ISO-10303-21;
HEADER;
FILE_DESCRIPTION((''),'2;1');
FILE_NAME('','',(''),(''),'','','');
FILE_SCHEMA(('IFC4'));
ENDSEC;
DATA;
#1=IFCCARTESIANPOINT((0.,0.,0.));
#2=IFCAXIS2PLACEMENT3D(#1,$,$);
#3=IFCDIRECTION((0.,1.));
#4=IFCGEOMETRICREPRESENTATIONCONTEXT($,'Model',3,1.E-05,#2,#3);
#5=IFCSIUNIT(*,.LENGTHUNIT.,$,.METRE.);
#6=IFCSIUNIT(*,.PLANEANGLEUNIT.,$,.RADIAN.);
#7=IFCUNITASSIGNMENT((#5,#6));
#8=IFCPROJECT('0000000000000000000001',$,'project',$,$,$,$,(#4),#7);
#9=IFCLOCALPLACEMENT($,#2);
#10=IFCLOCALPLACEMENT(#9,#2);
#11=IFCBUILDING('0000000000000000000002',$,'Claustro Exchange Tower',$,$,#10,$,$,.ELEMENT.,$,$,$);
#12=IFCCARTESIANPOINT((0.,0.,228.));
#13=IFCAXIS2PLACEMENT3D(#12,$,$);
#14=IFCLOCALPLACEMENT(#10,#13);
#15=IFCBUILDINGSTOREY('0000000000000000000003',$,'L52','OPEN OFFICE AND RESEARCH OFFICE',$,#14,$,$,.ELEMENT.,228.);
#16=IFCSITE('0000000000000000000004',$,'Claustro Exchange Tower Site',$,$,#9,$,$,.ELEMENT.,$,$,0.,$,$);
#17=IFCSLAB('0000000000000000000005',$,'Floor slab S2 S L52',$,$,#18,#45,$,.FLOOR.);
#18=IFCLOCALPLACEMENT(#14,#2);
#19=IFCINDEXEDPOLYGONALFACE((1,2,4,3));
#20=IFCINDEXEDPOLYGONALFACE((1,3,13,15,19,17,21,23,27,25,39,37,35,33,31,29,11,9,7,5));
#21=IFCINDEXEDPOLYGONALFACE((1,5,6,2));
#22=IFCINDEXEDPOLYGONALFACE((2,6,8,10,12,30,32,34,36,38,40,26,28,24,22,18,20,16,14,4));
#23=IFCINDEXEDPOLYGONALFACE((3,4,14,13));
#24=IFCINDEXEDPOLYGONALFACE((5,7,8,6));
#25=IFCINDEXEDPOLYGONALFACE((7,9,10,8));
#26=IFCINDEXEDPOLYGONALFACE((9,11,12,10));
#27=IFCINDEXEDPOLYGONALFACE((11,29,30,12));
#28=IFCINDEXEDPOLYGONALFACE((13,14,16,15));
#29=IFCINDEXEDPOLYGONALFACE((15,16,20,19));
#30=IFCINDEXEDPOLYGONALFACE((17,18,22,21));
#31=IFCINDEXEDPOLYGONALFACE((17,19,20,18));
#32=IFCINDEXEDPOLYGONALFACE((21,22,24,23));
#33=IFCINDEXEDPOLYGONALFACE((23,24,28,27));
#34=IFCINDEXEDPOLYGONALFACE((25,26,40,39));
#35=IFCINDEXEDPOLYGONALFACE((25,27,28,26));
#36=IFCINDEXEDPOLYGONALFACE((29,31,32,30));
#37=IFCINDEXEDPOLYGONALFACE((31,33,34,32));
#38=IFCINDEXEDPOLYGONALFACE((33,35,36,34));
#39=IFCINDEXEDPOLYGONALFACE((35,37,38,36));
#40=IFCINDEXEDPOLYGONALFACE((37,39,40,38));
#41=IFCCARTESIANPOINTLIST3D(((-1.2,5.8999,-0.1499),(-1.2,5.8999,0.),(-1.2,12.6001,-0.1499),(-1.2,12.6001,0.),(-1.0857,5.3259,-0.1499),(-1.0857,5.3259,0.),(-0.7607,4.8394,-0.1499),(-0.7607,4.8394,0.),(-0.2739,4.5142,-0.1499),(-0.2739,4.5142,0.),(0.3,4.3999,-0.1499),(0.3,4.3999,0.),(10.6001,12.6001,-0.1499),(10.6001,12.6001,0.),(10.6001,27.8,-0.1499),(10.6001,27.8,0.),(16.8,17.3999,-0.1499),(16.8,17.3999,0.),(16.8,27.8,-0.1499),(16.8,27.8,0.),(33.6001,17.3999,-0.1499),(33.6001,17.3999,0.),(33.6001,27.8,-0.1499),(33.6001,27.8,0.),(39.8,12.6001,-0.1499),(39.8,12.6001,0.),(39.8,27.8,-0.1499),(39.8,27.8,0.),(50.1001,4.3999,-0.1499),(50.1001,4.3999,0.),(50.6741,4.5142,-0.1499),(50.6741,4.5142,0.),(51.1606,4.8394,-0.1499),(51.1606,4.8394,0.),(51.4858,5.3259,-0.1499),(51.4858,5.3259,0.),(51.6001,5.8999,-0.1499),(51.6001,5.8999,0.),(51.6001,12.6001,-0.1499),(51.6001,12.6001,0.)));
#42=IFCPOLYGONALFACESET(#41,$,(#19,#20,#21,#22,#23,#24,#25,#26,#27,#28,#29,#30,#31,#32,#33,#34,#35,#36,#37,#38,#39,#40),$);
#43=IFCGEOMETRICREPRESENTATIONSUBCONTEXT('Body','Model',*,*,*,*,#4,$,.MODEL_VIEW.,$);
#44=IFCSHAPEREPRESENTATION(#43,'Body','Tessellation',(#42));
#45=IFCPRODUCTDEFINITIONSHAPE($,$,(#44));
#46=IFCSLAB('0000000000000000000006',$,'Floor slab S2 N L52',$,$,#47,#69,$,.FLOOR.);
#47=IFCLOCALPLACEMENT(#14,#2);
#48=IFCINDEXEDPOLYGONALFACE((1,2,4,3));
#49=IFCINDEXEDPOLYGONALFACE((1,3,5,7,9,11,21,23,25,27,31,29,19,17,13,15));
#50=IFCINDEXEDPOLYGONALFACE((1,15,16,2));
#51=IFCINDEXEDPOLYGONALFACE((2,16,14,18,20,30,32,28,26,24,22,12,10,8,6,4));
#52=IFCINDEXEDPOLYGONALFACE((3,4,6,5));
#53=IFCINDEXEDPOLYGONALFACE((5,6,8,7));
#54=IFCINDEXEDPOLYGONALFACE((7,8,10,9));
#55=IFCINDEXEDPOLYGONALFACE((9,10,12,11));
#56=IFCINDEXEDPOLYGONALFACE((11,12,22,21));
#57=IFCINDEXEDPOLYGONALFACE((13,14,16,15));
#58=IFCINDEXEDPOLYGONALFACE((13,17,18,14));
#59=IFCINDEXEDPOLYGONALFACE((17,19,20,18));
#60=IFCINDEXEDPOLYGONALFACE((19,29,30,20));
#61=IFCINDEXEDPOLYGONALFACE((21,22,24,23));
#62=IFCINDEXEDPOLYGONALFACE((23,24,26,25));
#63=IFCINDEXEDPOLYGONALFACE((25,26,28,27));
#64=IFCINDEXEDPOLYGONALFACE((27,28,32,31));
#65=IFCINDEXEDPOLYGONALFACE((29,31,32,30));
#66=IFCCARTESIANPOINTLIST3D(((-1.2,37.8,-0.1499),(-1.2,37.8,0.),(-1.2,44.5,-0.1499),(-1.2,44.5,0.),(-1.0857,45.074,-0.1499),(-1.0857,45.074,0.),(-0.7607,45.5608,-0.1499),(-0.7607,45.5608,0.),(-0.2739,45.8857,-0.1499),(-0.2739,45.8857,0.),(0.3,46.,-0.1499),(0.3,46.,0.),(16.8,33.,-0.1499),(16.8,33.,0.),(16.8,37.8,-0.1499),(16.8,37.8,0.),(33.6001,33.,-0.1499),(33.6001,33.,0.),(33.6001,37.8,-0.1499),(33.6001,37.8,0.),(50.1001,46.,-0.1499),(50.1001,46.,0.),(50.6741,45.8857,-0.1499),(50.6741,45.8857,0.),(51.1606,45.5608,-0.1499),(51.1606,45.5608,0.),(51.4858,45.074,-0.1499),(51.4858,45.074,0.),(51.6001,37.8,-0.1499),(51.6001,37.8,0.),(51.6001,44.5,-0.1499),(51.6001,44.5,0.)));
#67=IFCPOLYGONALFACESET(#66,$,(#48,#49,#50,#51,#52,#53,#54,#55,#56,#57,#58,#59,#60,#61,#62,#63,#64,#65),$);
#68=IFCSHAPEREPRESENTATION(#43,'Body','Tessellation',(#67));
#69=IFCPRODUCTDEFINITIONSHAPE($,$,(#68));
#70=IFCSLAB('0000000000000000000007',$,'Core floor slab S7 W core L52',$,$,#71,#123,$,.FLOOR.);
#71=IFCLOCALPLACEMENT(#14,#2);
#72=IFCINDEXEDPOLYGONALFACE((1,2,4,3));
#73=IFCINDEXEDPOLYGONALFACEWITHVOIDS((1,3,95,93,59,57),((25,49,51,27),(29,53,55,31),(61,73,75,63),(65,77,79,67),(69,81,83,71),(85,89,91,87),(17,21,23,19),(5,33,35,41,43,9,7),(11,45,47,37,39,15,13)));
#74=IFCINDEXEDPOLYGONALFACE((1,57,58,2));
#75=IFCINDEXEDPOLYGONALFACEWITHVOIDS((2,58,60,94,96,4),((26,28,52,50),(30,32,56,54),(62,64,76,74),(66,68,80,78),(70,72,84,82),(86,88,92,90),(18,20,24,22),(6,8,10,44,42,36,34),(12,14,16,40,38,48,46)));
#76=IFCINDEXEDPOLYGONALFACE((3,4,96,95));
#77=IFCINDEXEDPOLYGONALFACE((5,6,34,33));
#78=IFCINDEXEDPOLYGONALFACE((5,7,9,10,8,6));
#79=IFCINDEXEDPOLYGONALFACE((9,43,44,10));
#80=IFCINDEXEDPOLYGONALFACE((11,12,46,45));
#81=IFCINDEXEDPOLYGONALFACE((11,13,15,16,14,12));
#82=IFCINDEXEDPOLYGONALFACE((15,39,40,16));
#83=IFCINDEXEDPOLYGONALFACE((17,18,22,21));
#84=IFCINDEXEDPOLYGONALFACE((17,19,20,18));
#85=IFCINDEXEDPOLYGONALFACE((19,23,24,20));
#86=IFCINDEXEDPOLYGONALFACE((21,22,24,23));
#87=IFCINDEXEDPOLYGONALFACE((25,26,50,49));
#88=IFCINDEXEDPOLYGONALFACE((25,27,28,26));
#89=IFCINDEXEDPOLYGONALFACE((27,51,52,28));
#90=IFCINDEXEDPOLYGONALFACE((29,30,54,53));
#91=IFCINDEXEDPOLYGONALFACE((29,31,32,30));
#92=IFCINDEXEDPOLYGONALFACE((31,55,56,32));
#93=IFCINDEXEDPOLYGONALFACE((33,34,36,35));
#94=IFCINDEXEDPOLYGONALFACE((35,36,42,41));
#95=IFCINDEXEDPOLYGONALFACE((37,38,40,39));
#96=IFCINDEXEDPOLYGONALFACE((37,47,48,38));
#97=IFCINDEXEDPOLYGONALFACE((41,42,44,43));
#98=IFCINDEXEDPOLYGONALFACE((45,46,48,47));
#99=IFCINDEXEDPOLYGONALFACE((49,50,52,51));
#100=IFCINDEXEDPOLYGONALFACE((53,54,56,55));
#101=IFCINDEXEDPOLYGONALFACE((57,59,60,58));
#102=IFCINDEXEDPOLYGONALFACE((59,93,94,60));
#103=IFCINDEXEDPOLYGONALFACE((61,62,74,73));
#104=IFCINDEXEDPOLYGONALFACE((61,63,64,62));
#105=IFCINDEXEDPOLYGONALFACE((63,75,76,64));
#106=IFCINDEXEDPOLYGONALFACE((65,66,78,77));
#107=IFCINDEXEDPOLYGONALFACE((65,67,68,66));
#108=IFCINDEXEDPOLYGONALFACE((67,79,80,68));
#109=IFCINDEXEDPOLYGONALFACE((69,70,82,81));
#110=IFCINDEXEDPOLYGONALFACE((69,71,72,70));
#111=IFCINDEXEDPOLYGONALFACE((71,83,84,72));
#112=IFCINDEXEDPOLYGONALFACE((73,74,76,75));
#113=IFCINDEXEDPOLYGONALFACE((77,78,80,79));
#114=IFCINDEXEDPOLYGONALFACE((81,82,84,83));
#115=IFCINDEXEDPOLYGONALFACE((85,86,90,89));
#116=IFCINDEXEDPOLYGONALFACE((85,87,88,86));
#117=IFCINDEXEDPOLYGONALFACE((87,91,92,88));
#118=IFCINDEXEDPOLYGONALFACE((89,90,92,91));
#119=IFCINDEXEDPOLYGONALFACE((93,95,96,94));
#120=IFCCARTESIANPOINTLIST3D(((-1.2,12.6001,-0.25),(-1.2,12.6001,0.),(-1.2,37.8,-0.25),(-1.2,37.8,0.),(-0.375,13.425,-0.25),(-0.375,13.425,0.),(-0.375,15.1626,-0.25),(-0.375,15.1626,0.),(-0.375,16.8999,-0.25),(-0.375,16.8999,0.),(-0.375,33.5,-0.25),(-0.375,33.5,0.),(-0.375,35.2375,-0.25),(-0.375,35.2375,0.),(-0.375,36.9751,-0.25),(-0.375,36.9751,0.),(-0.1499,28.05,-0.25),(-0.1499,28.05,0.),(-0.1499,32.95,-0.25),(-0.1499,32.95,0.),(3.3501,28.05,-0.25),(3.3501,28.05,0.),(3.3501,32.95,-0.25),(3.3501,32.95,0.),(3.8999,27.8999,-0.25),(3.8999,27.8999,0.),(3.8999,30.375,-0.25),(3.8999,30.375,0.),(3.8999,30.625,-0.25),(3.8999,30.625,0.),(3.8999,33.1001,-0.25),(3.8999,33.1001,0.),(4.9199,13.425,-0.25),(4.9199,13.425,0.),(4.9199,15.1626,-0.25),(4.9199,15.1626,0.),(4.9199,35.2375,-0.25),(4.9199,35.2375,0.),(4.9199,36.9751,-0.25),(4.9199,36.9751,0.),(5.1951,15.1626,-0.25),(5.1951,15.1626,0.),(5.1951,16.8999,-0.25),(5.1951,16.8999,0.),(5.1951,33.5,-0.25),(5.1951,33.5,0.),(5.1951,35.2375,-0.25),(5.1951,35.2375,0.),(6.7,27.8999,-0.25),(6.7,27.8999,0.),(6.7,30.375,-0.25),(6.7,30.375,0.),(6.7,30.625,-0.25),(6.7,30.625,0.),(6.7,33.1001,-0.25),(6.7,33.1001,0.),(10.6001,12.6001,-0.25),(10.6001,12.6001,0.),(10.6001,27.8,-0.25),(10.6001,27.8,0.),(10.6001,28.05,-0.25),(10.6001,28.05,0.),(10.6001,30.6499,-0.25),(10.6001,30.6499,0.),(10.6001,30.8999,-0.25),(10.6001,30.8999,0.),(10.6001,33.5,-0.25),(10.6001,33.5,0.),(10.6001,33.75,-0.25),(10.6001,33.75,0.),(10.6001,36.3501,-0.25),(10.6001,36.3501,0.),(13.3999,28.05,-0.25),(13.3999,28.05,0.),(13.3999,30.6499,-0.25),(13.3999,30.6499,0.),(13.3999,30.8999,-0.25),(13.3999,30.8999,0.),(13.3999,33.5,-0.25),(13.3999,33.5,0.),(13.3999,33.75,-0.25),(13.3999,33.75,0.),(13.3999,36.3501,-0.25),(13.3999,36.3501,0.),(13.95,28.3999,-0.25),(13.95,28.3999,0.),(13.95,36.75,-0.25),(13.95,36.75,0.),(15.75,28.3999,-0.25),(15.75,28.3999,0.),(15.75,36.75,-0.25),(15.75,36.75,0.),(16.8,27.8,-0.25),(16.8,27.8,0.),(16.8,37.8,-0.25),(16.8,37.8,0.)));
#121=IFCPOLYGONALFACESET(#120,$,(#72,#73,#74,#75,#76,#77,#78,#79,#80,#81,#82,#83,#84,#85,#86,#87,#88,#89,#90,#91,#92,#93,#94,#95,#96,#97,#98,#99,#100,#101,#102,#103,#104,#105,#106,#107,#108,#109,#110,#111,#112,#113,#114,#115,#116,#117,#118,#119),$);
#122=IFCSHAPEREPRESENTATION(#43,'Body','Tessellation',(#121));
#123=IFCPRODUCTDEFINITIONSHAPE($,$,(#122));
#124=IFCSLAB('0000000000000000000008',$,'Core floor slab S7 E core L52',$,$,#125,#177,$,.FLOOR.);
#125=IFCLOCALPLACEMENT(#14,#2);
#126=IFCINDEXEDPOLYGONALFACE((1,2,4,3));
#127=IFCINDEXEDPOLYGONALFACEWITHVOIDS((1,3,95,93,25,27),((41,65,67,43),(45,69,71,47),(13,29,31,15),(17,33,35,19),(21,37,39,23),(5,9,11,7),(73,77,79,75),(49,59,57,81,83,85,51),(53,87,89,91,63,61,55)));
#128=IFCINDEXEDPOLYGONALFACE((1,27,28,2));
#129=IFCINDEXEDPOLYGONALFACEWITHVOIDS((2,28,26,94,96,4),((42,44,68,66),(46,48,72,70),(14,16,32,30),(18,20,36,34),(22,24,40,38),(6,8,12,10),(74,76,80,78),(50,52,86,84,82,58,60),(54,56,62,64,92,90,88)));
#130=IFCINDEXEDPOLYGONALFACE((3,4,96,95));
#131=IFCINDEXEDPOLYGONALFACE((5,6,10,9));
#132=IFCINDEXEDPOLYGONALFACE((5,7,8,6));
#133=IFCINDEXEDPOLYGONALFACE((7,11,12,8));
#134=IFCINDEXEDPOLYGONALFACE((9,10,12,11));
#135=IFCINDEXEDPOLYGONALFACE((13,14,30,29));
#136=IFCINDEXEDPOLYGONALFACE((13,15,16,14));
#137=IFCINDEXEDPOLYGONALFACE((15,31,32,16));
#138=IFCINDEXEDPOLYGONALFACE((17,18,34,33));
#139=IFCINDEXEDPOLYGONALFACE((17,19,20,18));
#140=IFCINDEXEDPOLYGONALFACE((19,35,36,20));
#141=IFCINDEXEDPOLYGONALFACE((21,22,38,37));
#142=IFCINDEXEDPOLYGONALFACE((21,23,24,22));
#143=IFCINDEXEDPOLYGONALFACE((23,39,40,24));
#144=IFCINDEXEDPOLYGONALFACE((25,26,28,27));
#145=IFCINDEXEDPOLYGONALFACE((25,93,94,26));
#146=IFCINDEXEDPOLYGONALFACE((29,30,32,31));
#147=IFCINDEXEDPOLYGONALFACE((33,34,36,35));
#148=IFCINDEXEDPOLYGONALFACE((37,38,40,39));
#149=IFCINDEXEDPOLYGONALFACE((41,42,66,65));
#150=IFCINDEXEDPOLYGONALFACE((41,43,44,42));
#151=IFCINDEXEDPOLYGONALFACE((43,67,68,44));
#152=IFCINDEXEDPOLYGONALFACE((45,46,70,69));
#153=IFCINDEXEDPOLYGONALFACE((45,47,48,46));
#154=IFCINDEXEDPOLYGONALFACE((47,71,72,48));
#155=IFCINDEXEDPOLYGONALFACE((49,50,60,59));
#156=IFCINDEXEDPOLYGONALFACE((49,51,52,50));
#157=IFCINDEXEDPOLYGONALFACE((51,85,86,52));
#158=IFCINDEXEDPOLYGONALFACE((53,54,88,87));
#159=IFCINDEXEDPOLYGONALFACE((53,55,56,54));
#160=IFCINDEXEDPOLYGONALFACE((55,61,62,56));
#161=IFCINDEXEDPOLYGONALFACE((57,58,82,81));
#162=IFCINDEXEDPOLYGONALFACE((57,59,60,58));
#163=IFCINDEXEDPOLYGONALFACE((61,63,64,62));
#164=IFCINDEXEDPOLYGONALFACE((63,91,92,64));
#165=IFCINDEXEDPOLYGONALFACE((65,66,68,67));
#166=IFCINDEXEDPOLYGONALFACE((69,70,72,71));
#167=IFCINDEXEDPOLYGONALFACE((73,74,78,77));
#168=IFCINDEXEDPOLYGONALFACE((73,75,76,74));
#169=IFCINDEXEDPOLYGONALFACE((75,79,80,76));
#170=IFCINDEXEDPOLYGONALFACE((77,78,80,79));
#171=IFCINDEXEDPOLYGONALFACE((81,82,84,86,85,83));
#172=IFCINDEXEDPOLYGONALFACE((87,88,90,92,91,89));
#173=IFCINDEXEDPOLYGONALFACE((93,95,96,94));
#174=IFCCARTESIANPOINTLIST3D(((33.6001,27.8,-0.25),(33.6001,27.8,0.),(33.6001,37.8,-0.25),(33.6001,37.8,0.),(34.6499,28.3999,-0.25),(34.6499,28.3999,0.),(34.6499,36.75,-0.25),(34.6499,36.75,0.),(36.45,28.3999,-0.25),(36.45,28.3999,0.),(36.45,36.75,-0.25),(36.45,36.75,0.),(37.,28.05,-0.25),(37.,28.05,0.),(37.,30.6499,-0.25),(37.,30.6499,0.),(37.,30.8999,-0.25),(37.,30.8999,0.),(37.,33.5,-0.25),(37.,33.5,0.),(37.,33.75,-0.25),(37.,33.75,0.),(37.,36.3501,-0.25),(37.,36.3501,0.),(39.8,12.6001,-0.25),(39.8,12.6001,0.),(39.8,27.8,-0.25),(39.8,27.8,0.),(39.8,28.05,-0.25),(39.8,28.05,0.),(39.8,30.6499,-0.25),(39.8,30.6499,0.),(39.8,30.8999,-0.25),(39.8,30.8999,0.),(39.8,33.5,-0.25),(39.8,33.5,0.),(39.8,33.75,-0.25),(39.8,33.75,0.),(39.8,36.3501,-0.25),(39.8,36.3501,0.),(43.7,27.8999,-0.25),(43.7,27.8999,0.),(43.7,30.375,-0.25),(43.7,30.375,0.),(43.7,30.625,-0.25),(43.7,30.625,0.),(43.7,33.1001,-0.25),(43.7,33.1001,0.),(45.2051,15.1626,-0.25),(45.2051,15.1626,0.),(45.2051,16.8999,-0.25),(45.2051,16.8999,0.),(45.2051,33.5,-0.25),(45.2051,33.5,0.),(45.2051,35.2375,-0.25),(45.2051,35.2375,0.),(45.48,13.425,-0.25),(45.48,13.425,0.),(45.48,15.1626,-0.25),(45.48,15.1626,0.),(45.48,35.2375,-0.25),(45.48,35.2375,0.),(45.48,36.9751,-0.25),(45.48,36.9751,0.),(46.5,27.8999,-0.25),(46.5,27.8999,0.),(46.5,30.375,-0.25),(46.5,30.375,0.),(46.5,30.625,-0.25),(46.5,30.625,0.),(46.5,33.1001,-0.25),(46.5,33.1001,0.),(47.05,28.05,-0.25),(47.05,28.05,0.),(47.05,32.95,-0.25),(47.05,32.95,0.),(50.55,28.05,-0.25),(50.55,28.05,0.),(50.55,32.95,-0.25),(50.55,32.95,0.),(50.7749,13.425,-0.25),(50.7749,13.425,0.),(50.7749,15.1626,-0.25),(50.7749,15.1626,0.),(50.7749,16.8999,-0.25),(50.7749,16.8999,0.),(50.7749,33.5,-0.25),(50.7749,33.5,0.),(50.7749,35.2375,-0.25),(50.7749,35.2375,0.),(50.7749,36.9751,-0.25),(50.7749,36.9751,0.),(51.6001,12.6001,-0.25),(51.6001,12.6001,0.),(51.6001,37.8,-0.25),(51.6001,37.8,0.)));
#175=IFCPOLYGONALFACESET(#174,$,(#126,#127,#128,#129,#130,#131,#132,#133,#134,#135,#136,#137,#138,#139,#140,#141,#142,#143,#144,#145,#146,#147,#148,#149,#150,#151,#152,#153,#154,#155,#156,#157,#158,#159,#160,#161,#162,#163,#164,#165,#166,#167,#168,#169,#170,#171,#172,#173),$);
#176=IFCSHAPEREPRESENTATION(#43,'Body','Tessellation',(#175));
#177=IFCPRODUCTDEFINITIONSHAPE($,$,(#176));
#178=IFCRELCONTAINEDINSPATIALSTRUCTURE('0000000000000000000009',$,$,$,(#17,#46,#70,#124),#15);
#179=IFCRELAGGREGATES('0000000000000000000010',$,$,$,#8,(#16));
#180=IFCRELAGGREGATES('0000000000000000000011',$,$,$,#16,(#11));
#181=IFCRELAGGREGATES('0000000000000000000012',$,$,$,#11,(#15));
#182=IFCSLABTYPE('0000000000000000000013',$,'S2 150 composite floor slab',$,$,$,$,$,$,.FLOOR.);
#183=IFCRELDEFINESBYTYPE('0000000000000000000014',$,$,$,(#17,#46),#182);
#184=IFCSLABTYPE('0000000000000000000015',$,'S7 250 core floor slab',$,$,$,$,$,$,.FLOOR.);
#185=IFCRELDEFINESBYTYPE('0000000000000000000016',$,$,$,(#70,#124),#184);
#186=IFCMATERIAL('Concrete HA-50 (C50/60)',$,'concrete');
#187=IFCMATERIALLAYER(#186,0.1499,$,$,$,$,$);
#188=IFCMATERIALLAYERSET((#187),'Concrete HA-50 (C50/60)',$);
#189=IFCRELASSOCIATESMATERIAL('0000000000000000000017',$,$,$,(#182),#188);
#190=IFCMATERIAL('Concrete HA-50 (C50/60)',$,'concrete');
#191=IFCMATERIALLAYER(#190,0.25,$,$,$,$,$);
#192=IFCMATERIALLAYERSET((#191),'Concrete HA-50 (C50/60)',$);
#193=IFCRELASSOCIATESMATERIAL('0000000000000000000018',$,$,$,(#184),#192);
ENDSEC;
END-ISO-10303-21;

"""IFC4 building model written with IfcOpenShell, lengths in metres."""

from ifc_helpers import new_model, si_unit, direction, frame, origin, place, context, subcontext, project, spatial, polyline, outline, extrude, material, layer, layer_set, type_object, element, save


model = new_model("IFC4")

# Units and contexts
model_context = context("Model", 3, precision=1e-05, world=origin(), true_north=direction((0.0, 1.0)))
body_context = subcontext(model_context, "Body", "Model", "MODEL_VIEW")
ifc_project = project(units=[si_unit("LENGTHUNIT", "METRE"), si_unit("PLANEANGLEUNIT", "RADIAN")], contexts=[model_context])

# Site, building, storey
site_placement = place(None, origin())
site = spatial("IfcSite", under=ifc_project, at=site_placement, Name="Claustro Exchange Tower Site", CompositionType="ELEMENT", RefElevation=0.0)
building_placement = place(site_placement, origin())
building = spatial("IfcBuilding", under=site, at=building_placement, Name="Claustro Exchange Tower", CompositionType="ELEMENT")
storey_placement = place(building_placement, frame((0.0, 0.0, 228.0)))
storey = spatial("IfcBuildingStorey", under=building, at=storey_placement, Name="L52", Description="OPEN OFFICE AND RESEARCH OFFICE", CompositionType="ELEMENT", Elevation=228.0)

# Slabs
ifc_material_1 = material(Name="Concrete HA-50 (C50/60)", Category="concrete")
ifc_layer_1 = layer(ifc_material_1, 0.1499)
ifc_layer_set_1 = layer_set([ifc_layer_1], Name="Concrete HA-50 (C50/60)")
slab_type_1 = type_object("IfcSlabType", Name="S2 150 composite floor slab", PredefinedType="FLOOR", material=ifc_layer_set_1)
slab_1_placement = place(storey_placement, frame((0.0, 0.0, -0.1499)))
element("IfcSlab", 1, at=slab_1_placement, inside=storey, type_object=slab_type_1, Name="Floor slab S2 S L52", PredefinedType="FLOOR", context=body_context, shape_type="SweptSolid", body=[
    extrude(outline(polyline([(-0.2739, 4.5142), (0.3, 4.3999), (50.1001, 4.3999), (50.6741, 4.5142), (51.1606, 4.8394), (51.4858, 5.3259), (51.6001, 5.8999), (51.6001, 12.6001), (39.8, 12.6001), (39.8, 27.8), (33.6001, 27.8), (33.6001, 17.3999), (16.8, 17.3999), (16.8, 27.8), (10.6001, 27.8), (10.6001, 12.6001), (-1.2, 12.6001), (-1.2, 5.8999), (-1.0857, 5.3259), (-0.7607, 4.8394), (-0.2739, 4.5142)])), origin(), (0.0, 0.0, 1.0), 0.1499),
])
slab_2_placement = place(storey_placement, frame((0.0, 0.0, -0.1499)))
element("IfcSlab", 2, at=slab_2_placement, inside=storey, type_object=slab_type_1, Name="Floor slab S2 N L52", PredefinedType="FLOOR", context=body_context, shape_type="SweptSolid", body=[
    extrude(outline(polyline([(16.8, 37.8), (16.8, 33.0), (33.6001, 33.0), (33.6001, 37.8), (51.6001, 37.8), (51.6001, 44.5), (51.4858, 45.074), (51.1606, 45.5608), (50.6741, 45.8857), (50.1001, 46.0), (0.3, 46.0), (-0.2739, 45.8857), (-0.7607, 45.5608), (-1.0857, 45.074), (-1.2, 44.5), (-1.2, 37.8), (16.8, 37.8)])), origin(), (0.0, 0.0, 1.0), 0.1499),
])
ifc_material_2 = material(Name="Concrete HA-50 (C50/60)", Category="concrete")
ifc_layer_2 = layer(ifc_material_2, 0.25)
ifc_layer_set_2 = layer_set([ifc_layer_2], Name="Concrete HA-50 (C50/60)")
slab_type_2 = type_object("IfcSlabType", Name="S7 250 core floor slab", PredefinedType="FLOOR", material=ifc_layer_set_2)
slab_3_placement = place(storey_placement, frame((0.0, 0.0, -0.25)))
element("IfcSlab", 3, at=slab_3_placement, inside=storey, type_object=slab_type_2, Name="Core floor slab S7 W core L52", PredefinedType="FLOOR", context=body_context, shape_type="SweptSolid", body=[
    extrude(outline(polyline([(-1.2, 37.8), (-1.2, 12.6001), (10.6001, 12.6001), (10.6001, 27.8), (16.8, 27.8), (16.8, 37.8), (-1.2, 37.8)]), holes=[polyline([(13.95, 36.75), (15.75, 36.75), (15.75, 28.3999), (13.95, 28.3999), (13.95, 36.75)]), polyline([(10.6001, 30.6499), (13.3999, 30.6499), (13.3999, 28.05), (10.6001, 28.05), (10.6001, 30.6499)]), polyline([(10.6001, 33.5), (13.3999, 33.5), (13.3999, 30.8999), (10.6001, 30.8999), (10.6001, 33.5)]), polyline([(13.3999, 36.3501), (13.3999, 33.75), (10.6001, 33.75), (10.6001, 36.3501), (13.3999, 36.3501)]), polyline([(3.8999, 30.375), (6.7, 30.375), (6.7, 27.8999), (3.8999, 27.8999), (3.8999, 30.375)]), polyline([(3.8999, 33.1001), (6.7, 33.1001), (6.7, 30.625), (3.8999, 30.625), (3.8999, 33.1001)]), polyline([(-0.375, 15.1626), (-0.375, 16.8999), (5.1951, 16.8999), (5.1951, 15.1626), (4.9199, 15.1626), (4.9199, 13.425), (-0.375, 13.425), (-0.375, 15.1626)]), polyline([(-0.375, 35.2375), (-0.375, 36.9751), (4.9199, 36.9751), (4.9199, 35.2375), (5.1951, 35.2375), (5.1951, 33.5), (-0.375, 33.5), (-0.375, 35.2375)]), polyline([(-0.1499, 32.95), (3.3501, 32.95), (3.3501, 28.05), (-0.1499, 28.05), (-0.1499, 32.95)])]), origin(), (0.0, 0.0, 1.0), 0.25),
])
slab_4_placement = place(storey_placement, frame((0.0, 0.0, -0.25)))
element("IfcSlab", 4, at=slab_4_placement, inside=storey, type_object=slab_type_2, Name="Core floor slab S7 E core L52", PredefinedType="FLOOR", context=body_context, shape_type="SweptSolid", body=[
    extrude(outline(polyline([(51.6001, 37.8), (33.6001, 37.8), (33.6001, 27.8), (39.8, 27.8), (39.8, 12.6001), (51.6001, 12.6001), (51.6001, 37.8)]), holes=[polyline([(45.48, 15.1626), (45.2051, 15.1626), (45.2051, 16.8999), (50.7749, 16.8999), (50.7749, 15.1626), (50.7749, 13.425), (45.48, 13.425), (45.48, 15.1626)]), polyline([(45.48, 35.2375), (45.48, 36.9751), (50.7749, 36.9751), (50.7749, 35.2375), (50.7749, 33.5), (45.2051, 33.5), (45.2051, 35.2375), (45.48, 35.2375)]), polyline([(47.05, 32.95), (50.55, 32.95), (50.55, 28.05), (47.05, 28.05), (47.05, 32.95)]), polyline([(43.7, 30.375), (46.5, 30.375), (46.5, 27.8999), (43.7, 27.8999), (43.7, 30.375)]), polyline([(43.7, 33.1001), (46.5, 33.1001), (46.5, 30.625), (43.7, 30.625), (43.7, 33.1001)]), polyline([(37.0, 30.6499), (39.8, 30.6499), (39.8, 28.05), (37.0, 28.05), (37.0, 30.6499)]), polyline([(37.0, 33.5), (39.8, 33.5), (39.8, 30.8999), (37.0, 30.8999), (37.0, 33.5)]), polyline([(39.8, 36.3501), (39.8, 33.75), (37.0, 33.75), (37.0, 36.3501), (39.8, 36.3501)]), polyline([(34.6499, 36.75), (36.45, 36.75), (36.45, 28.3999), (34.6499, 28.3999), (34.6499, 36.75)])]), origin(), (0.0, 0.0, 1.0), 0.25),
])

save(model, "model.ifc")
